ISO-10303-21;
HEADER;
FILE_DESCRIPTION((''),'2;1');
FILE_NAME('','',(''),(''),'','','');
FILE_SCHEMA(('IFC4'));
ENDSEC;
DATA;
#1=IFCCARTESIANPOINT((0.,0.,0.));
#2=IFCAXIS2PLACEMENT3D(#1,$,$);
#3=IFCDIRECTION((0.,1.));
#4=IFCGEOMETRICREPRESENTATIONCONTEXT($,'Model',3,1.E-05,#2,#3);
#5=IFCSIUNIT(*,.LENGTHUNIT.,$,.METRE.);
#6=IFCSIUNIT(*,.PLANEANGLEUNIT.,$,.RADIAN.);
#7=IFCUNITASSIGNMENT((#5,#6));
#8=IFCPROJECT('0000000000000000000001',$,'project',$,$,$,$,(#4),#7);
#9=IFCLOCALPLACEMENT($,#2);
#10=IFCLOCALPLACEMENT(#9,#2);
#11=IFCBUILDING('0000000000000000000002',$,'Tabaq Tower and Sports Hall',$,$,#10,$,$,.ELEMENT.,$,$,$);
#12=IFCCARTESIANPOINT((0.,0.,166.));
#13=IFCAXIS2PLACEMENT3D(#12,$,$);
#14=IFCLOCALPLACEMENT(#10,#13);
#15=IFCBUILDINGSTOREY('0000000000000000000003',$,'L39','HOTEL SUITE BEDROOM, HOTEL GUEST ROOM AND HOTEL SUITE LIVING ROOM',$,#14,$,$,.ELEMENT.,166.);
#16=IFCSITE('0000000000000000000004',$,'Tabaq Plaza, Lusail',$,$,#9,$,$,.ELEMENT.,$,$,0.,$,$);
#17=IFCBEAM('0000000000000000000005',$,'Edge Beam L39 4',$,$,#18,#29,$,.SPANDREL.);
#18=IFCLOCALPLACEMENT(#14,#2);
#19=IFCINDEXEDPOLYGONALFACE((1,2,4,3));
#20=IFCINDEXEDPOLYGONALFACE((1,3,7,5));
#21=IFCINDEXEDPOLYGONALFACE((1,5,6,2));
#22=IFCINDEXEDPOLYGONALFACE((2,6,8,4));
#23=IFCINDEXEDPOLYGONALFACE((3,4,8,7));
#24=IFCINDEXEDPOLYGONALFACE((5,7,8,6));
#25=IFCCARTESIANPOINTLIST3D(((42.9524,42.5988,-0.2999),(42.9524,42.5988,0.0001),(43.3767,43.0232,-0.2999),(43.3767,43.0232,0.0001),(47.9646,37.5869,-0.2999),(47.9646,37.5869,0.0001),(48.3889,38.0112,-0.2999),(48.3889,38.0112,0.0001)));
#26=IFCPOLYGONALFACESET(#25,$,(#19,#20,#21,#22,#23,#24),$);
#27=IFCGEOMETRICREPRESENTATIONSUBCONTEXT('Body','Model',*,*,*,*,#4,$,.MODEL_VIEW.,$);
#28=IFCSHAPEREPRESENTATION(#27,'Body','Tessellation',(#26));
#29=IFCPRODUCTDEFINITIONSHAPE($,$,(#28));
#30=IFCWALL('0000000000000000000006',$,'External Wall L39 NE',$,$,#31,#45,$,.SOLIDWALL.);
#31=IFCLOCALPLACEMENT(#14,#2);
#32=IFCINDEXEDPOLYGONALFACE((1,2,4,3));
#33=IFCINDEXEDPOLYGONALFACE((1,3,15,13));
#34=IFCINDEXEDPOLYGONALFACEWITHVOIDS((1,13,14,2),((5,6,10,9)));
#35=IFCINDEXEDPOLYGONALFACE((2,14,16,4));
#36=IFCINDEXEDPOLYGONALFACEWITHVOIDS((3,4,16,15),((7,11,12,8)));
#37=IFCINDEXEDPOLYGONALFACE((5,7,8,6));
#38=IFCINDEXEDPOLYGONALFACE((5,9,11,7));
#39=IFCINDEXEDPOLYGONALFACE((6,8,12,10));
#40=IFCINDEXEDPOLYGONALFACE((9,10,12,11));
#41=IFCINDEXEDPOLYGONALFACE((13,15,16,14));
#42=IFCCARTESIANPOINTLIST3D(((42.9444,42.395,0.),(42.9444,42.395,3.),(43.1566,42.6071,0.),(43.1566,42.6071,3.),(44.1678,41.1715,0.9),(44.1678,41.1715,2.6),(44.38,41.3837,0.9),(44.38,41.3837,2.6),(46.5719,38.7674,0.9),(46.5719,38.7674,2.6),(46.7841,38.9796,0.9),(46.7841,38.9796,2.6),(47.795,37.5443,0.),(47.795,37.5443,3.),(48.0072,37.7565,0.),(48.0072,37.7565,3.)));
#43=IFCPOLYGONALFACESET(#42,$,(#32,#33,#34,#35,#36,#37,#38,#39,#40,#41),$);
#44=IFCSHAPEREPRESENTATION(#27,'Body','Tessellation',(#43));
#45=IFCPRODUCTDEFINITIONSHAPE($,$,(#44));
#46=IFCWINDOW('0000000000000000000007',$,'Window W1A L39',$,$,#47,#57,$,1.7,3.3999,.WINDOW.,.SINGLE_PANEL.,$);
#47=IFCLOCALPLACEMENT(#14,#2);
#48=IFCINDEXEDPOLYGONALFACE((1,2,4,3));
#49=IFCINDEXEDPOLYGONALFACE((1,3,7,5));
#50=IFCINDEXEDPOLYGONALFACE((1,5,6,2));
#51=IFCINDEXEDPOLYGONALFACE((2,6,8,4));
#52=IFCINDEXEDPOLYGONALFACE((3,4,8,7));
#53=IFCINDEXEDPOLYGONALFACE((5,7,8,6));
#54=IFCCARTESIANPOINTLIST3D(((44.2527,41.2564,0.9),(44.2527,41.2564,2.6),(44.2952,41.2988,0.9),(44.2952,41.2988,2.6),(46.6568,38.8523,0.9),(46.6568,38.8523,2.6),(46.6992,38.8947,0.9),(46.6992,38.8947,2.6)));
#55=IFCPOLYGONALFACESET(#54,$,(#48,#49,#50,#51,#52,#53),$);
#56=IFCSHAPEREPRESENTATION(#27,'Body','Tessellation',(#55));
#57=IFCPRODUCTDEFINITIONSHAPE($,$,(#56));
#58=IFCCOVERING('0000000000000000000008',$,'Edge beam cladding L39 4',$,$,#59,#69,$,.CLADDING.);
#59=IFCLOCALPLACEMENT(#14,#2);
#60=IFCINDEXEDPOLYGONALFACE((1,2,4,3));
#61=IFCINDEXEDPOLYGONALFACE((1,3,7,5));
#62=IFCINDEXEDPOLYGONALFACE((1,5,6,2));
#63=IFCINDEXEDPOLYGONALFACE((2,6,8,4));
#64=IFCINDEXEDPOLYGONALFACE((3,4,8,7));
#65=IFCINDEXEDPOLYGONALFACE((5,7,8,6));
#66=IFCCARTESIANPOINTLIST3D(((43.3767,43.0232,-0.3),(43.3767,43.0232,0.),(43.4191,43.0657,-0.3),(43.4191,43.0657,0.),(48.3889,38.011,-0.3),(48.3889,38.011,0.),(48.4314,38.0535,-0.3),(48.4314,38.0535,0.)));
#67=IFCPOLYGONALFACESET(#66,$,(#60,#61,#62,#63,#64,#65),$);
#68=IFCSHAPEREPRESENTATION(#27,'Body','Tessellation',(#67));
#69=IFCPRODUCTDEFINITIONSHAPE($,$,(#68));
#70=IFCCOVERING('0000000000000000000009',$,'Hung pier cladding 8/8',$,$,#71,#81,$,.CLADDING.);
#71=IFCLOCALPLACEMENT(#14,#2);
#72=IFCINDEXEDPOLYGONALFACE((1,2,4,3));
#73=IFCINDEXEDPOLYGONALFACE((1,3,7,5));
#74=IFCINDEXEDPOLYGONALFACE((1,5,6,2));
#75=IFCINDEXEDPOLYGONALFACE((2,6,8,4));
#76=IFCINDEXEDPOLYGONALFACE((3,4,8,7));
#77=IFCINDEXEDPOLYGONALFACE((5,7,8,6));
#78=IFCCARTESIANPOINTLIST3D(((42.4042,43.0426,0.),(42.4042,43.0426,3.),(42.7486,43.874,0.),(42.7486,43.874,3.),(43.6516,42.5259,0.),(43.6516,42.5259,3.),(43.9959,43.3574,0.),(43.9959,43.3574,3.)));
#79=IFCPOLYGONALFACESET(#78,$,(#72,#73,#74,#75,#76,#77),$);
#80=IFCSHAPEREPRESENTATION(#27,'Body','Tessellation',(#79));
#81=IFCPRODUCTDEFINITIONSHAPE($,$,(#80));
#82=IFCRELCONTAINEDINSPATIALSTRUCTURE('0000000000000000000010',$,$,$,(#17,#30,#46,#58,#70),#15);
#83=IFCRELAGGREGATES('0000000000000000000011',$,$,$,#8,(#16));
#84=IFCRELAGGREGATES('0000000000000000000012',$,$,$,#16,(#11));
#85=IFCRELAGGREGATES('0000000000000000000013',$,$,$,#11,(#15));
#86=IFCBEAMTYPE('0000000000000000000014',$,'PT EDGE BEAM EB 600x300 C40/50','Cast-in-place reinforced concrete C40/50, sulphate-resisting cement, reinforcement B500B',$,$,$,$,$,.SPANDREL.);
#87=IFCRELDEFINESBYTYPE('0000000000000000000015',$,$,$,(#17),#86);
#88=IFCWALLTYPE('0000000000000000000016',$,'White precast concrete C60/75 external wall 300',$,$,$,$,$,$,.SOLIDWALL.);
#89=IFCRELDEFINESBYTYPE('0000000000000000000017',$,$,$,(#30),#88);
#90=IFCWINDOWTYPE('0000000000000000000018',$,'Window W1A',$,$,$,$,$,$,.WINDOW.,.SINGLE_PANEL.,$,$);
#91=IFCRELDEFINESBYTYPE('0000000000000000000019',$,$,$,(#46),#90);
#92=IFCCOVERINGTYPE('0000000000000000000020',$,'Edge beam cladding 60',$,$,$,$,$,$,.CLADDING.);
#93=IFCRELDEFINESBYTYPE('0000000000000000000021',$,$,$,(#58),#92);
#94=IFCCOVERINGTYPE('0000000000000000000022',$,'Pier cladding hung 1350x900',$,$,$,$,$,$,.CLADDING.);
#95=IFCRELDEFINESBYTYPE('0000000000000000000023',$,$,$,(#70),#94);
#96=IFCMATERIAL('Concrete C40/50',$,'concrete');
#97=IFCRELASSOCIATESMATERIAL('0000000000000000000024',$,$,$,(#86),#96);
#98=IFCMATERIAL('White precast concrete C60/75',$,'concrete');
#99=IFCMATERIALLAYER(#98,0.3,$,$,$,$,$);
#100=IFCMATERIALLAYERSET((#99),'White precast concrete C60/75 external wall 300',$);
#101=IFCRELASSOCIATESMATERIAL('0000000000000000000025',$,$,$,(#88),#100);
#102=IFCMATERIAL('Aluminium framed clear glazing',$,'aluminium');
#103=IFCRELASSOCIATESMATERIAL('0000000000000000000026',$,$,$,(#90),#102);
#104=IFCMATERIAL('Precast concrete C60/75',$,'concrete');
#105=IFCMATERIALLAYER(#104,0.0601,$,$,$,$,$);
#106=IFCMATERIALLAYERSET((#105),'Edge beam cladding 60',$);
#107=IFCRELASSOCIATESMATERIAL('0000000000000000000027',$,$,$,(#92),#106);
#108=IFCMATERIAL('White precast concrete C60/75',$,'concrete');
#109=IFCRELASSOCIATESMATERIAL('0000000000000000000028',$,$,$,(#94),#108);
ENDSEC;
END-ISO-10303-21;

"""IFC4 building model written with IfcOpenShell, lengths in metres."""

from ifc_helpers import new_model, si_unit, direction, frame, frame_2d, origin, origin_2d, place, context, subcontext, project, spatial, rectangle, extrude, material, layer, layer_set, material_profile, profile_set, type_object, element, fill, save


model = new_model("IFC4")

# Units and contexts
model_context = context("Model", 3, precision=1e-05, world=origin(), true_north=direction((0.0, 1.0)))
body_context = subcontext(model_context, "Body", "Model", "MODEL_VIEW")
ifc_project = project(units=[si_unit("LENGTHUNIT", "METRE"), si_unit("PLANEANGLEUNIT", "RADIAN")], contexts=[model_context])

# Site, building, storey
site_placement = place(None, origin())
site = spatial("IfcSite", under=ifc_project, at=site_placement, Name="Tabaq Plaza, Lusail", CompositionType="ELEMENT", RefElevation=0.0)
building_placement = place(site_placement, origin())
building = spatial("IfcBuilding", under=site, at=building_placement, Name="Tabaq Tower and Sports Hall", CompositionType="ELEMENT")
storey_placement = place(building_placement, frame((0.0, 0.0, 166.0)))
storey = spatial("IfcBuildingStorey", under=building, at=storey_placement, Name="L39", Description="HOTEL SUITE BEDROOM, HOTEL GUEST ROOM AND HOTEL SUITE LIVING ROOM", CompositionType="ELEMENT", Elevation=166.0)

# Beam
ifc_material_1 = material(Name="Concrete C40/50", Category="concrete")
ifc_material_profile = material_profile(ifc_material_1, rectangle(XDim=0.6001, YDim=0.3, at=origin_2d()), Name="EB 600x300")
ifc_profile_set = profile_set([ifc_material_profile], Name="Concrete C40/50")
beam_type = type_object("IfcBeamType", Name="PT EDGE BEAM EB 600x300 C40/50", Description="Cast-in-place reinforced concrete C40/50, sulphate-resisting cement, reinforcement B500B", PredefinedType="SPANDREL", material=ifc_profile_set)
beam_placement = place(storey_placement, frame((48.1768, 37.7991, -0.1499), z_axis=(-0.707124, 0.70709, 0.0), x_axis=(-0.70709, -0.707124, 0.0)))
element("IfcBeam", 1, at=beam_placement, inside=storey, type_object=beam_type, Name="Edge Beam L39 4", PredefinedType="SPANDREL", context=body_context, shape_type="SweptSolid", body=[
    extrude(rectangle(XDim=0.6001, YDim=0.3, at=origin_2d()), origin(), (0.0, 0.0, 1.0), 7.0881),
])

# Wall, opening, window
ifc_material_2 = material(Name="White precast concrete C60/75", Category="concrete")
ifc_layer_1 = layer(ifc_material_2, 0.3)
ifc_layer_set_1 = layer_set([ifc_layer_1], Name="White precast concrete C60/75 external wall 300")
wall_type = type_object("IfcWallType", Name="White precast concrete C60/75 external wall 300", PredefinedType="SOLIDWALL", material=ifc_layer_set_1)
wall_placement = place(storey_placement, frame((47.9011, 37.6504, 0.0), z_axis=(0.0, 0.0, 1.0), x_axis=(-0.707107, 0.707107, 0.0)))
wall = element("IfcWall", 2, at=wall_placement, inside=storey, type_object=wall_type, Name="External Wall L39 NE", PredefinedType="SOLIDWALL", context=body_context, shape_type="SweptSolid", body=[
    extrude(rectangle(XDim=6.8599, YDim=0.3, at=frame_2d((3.4299, 0.0))), origin(), (0.0, 0.0, 1.0), 3.0),
])
opening_placement = place(wall_placement, frame((1.7297, 0.0, 0.8999)))
opening = element("IfcOpeningElement", 3, at=opening_placement, cuts=wall, PredefinedType="OPENING", context=body_context, shape_type="SweptSolid", body=[
    extrude(rectangle(XDim=3.3999, YDim=1.7, at=frame_2d((1.7, 0.8501))), frame((0.0, 0.1602, 0.0), z_axis=(0.0, -1.0, 0.0), x_axis=(1.0, 0.0, 0.0)), (0.0, 0.0, 1.0), 0.3201),
])
ifc_material_3 = material(Name="Aluminium framed clear glazing", Category="aluminium")
window_type = type_object("IfcWindowType", Name="Window W1A", PartitioningType="SINGLE_PANEL", PredefinedType="WINDOW", material=ifc_material_3)
window_placement = place(opening_placement, origin())
window = element("IfcWindow", 4, at=window_placement, inside=storey, type_object=window_type, Name="Window W1A L39", OverallHeight=1.7, OverallWidth=3.3999, PartitioningType="SINGLE_PANEL", PredefinedType="WINDOW", context=body_context, shape_type="SweptSolid", body=[
    extrude(rectangle(XDim=3.3999, YDim=1.7, at=frame_2d((1.7, 0.8501))), frame((0.0, 0.03, 0.0), z_axis=(0.0, -1.0, 0.0), x_axis=(1.0, 0.0, 0.0)), (0.0, 0.0, 1.0), 0.0601),
])
fill(opening, window)

# Coverings
ifc_material_4 = material(Name="Precast concrete C60/75", Category="concrete")
ifc_layer_2 = layer(ifc_material_4, 0.0601)
ifc_layer_set_2 = layer_set([ifc_layer_2], Name="Edge beam cladding 60")
covering_type_1 = type_object("IfcCoveringType", Name="Edge beam cladding 60", PredefinedType="CLADDING", material=ifc_layer_set_2)
covering_1_placement = place(storey_placement, frame((48.4102, 38.0322, -0.3), z_axis=(0.0, 0.0, 1.0), x_axis=(-0.707107, 0.707107, 0.0)))
element("IfcCovering", 5, at=covering_1_placement, inside=storey, type_object=covering_type_1, Name="Edge beam cladding L39 4", PredefinedType="CLADDING", context=body_context, shape_type="SweptSolid", body=[
    extrude(rectangle(XDim=7.0884, YDim=0.0601, at=frame_2d((3.5442, 0.0))), origin(), (0.0, 0.0, 1.0), 0.3),
])
ifc_material_5 = material(Name="White precast concrete C60/75", Category="concrete")
covering_type_2 = type_object("IfcCoveringType", Name="Pier cladding hung 1350x900", PredefinedType="CLADDING", material=ifc_material_5)
covering_2_placement = place(storey_placement, frame((43.8237, 42.9417, 0.0), z_axis=(0.0, 0.0, 1.0), x_axis=(-0.923893, 0.38265, 0.0)))
element("IfcCovering", 6, at=covering_2_placement, inside=storey, type_object=covering_type_2, Name="Hung pier cladding 8/8", PredefinedType="CLADDING", context=body_context, shape_type="SweptSolid", body=[
    extrude(rectangle(XDim=1.3501, YDim=0.8999, at=frame_2d((0.675, 0.0))), origin(), (0.0, 0.0, 1.0), 3.0),
])

save(model, "model.ifc")
